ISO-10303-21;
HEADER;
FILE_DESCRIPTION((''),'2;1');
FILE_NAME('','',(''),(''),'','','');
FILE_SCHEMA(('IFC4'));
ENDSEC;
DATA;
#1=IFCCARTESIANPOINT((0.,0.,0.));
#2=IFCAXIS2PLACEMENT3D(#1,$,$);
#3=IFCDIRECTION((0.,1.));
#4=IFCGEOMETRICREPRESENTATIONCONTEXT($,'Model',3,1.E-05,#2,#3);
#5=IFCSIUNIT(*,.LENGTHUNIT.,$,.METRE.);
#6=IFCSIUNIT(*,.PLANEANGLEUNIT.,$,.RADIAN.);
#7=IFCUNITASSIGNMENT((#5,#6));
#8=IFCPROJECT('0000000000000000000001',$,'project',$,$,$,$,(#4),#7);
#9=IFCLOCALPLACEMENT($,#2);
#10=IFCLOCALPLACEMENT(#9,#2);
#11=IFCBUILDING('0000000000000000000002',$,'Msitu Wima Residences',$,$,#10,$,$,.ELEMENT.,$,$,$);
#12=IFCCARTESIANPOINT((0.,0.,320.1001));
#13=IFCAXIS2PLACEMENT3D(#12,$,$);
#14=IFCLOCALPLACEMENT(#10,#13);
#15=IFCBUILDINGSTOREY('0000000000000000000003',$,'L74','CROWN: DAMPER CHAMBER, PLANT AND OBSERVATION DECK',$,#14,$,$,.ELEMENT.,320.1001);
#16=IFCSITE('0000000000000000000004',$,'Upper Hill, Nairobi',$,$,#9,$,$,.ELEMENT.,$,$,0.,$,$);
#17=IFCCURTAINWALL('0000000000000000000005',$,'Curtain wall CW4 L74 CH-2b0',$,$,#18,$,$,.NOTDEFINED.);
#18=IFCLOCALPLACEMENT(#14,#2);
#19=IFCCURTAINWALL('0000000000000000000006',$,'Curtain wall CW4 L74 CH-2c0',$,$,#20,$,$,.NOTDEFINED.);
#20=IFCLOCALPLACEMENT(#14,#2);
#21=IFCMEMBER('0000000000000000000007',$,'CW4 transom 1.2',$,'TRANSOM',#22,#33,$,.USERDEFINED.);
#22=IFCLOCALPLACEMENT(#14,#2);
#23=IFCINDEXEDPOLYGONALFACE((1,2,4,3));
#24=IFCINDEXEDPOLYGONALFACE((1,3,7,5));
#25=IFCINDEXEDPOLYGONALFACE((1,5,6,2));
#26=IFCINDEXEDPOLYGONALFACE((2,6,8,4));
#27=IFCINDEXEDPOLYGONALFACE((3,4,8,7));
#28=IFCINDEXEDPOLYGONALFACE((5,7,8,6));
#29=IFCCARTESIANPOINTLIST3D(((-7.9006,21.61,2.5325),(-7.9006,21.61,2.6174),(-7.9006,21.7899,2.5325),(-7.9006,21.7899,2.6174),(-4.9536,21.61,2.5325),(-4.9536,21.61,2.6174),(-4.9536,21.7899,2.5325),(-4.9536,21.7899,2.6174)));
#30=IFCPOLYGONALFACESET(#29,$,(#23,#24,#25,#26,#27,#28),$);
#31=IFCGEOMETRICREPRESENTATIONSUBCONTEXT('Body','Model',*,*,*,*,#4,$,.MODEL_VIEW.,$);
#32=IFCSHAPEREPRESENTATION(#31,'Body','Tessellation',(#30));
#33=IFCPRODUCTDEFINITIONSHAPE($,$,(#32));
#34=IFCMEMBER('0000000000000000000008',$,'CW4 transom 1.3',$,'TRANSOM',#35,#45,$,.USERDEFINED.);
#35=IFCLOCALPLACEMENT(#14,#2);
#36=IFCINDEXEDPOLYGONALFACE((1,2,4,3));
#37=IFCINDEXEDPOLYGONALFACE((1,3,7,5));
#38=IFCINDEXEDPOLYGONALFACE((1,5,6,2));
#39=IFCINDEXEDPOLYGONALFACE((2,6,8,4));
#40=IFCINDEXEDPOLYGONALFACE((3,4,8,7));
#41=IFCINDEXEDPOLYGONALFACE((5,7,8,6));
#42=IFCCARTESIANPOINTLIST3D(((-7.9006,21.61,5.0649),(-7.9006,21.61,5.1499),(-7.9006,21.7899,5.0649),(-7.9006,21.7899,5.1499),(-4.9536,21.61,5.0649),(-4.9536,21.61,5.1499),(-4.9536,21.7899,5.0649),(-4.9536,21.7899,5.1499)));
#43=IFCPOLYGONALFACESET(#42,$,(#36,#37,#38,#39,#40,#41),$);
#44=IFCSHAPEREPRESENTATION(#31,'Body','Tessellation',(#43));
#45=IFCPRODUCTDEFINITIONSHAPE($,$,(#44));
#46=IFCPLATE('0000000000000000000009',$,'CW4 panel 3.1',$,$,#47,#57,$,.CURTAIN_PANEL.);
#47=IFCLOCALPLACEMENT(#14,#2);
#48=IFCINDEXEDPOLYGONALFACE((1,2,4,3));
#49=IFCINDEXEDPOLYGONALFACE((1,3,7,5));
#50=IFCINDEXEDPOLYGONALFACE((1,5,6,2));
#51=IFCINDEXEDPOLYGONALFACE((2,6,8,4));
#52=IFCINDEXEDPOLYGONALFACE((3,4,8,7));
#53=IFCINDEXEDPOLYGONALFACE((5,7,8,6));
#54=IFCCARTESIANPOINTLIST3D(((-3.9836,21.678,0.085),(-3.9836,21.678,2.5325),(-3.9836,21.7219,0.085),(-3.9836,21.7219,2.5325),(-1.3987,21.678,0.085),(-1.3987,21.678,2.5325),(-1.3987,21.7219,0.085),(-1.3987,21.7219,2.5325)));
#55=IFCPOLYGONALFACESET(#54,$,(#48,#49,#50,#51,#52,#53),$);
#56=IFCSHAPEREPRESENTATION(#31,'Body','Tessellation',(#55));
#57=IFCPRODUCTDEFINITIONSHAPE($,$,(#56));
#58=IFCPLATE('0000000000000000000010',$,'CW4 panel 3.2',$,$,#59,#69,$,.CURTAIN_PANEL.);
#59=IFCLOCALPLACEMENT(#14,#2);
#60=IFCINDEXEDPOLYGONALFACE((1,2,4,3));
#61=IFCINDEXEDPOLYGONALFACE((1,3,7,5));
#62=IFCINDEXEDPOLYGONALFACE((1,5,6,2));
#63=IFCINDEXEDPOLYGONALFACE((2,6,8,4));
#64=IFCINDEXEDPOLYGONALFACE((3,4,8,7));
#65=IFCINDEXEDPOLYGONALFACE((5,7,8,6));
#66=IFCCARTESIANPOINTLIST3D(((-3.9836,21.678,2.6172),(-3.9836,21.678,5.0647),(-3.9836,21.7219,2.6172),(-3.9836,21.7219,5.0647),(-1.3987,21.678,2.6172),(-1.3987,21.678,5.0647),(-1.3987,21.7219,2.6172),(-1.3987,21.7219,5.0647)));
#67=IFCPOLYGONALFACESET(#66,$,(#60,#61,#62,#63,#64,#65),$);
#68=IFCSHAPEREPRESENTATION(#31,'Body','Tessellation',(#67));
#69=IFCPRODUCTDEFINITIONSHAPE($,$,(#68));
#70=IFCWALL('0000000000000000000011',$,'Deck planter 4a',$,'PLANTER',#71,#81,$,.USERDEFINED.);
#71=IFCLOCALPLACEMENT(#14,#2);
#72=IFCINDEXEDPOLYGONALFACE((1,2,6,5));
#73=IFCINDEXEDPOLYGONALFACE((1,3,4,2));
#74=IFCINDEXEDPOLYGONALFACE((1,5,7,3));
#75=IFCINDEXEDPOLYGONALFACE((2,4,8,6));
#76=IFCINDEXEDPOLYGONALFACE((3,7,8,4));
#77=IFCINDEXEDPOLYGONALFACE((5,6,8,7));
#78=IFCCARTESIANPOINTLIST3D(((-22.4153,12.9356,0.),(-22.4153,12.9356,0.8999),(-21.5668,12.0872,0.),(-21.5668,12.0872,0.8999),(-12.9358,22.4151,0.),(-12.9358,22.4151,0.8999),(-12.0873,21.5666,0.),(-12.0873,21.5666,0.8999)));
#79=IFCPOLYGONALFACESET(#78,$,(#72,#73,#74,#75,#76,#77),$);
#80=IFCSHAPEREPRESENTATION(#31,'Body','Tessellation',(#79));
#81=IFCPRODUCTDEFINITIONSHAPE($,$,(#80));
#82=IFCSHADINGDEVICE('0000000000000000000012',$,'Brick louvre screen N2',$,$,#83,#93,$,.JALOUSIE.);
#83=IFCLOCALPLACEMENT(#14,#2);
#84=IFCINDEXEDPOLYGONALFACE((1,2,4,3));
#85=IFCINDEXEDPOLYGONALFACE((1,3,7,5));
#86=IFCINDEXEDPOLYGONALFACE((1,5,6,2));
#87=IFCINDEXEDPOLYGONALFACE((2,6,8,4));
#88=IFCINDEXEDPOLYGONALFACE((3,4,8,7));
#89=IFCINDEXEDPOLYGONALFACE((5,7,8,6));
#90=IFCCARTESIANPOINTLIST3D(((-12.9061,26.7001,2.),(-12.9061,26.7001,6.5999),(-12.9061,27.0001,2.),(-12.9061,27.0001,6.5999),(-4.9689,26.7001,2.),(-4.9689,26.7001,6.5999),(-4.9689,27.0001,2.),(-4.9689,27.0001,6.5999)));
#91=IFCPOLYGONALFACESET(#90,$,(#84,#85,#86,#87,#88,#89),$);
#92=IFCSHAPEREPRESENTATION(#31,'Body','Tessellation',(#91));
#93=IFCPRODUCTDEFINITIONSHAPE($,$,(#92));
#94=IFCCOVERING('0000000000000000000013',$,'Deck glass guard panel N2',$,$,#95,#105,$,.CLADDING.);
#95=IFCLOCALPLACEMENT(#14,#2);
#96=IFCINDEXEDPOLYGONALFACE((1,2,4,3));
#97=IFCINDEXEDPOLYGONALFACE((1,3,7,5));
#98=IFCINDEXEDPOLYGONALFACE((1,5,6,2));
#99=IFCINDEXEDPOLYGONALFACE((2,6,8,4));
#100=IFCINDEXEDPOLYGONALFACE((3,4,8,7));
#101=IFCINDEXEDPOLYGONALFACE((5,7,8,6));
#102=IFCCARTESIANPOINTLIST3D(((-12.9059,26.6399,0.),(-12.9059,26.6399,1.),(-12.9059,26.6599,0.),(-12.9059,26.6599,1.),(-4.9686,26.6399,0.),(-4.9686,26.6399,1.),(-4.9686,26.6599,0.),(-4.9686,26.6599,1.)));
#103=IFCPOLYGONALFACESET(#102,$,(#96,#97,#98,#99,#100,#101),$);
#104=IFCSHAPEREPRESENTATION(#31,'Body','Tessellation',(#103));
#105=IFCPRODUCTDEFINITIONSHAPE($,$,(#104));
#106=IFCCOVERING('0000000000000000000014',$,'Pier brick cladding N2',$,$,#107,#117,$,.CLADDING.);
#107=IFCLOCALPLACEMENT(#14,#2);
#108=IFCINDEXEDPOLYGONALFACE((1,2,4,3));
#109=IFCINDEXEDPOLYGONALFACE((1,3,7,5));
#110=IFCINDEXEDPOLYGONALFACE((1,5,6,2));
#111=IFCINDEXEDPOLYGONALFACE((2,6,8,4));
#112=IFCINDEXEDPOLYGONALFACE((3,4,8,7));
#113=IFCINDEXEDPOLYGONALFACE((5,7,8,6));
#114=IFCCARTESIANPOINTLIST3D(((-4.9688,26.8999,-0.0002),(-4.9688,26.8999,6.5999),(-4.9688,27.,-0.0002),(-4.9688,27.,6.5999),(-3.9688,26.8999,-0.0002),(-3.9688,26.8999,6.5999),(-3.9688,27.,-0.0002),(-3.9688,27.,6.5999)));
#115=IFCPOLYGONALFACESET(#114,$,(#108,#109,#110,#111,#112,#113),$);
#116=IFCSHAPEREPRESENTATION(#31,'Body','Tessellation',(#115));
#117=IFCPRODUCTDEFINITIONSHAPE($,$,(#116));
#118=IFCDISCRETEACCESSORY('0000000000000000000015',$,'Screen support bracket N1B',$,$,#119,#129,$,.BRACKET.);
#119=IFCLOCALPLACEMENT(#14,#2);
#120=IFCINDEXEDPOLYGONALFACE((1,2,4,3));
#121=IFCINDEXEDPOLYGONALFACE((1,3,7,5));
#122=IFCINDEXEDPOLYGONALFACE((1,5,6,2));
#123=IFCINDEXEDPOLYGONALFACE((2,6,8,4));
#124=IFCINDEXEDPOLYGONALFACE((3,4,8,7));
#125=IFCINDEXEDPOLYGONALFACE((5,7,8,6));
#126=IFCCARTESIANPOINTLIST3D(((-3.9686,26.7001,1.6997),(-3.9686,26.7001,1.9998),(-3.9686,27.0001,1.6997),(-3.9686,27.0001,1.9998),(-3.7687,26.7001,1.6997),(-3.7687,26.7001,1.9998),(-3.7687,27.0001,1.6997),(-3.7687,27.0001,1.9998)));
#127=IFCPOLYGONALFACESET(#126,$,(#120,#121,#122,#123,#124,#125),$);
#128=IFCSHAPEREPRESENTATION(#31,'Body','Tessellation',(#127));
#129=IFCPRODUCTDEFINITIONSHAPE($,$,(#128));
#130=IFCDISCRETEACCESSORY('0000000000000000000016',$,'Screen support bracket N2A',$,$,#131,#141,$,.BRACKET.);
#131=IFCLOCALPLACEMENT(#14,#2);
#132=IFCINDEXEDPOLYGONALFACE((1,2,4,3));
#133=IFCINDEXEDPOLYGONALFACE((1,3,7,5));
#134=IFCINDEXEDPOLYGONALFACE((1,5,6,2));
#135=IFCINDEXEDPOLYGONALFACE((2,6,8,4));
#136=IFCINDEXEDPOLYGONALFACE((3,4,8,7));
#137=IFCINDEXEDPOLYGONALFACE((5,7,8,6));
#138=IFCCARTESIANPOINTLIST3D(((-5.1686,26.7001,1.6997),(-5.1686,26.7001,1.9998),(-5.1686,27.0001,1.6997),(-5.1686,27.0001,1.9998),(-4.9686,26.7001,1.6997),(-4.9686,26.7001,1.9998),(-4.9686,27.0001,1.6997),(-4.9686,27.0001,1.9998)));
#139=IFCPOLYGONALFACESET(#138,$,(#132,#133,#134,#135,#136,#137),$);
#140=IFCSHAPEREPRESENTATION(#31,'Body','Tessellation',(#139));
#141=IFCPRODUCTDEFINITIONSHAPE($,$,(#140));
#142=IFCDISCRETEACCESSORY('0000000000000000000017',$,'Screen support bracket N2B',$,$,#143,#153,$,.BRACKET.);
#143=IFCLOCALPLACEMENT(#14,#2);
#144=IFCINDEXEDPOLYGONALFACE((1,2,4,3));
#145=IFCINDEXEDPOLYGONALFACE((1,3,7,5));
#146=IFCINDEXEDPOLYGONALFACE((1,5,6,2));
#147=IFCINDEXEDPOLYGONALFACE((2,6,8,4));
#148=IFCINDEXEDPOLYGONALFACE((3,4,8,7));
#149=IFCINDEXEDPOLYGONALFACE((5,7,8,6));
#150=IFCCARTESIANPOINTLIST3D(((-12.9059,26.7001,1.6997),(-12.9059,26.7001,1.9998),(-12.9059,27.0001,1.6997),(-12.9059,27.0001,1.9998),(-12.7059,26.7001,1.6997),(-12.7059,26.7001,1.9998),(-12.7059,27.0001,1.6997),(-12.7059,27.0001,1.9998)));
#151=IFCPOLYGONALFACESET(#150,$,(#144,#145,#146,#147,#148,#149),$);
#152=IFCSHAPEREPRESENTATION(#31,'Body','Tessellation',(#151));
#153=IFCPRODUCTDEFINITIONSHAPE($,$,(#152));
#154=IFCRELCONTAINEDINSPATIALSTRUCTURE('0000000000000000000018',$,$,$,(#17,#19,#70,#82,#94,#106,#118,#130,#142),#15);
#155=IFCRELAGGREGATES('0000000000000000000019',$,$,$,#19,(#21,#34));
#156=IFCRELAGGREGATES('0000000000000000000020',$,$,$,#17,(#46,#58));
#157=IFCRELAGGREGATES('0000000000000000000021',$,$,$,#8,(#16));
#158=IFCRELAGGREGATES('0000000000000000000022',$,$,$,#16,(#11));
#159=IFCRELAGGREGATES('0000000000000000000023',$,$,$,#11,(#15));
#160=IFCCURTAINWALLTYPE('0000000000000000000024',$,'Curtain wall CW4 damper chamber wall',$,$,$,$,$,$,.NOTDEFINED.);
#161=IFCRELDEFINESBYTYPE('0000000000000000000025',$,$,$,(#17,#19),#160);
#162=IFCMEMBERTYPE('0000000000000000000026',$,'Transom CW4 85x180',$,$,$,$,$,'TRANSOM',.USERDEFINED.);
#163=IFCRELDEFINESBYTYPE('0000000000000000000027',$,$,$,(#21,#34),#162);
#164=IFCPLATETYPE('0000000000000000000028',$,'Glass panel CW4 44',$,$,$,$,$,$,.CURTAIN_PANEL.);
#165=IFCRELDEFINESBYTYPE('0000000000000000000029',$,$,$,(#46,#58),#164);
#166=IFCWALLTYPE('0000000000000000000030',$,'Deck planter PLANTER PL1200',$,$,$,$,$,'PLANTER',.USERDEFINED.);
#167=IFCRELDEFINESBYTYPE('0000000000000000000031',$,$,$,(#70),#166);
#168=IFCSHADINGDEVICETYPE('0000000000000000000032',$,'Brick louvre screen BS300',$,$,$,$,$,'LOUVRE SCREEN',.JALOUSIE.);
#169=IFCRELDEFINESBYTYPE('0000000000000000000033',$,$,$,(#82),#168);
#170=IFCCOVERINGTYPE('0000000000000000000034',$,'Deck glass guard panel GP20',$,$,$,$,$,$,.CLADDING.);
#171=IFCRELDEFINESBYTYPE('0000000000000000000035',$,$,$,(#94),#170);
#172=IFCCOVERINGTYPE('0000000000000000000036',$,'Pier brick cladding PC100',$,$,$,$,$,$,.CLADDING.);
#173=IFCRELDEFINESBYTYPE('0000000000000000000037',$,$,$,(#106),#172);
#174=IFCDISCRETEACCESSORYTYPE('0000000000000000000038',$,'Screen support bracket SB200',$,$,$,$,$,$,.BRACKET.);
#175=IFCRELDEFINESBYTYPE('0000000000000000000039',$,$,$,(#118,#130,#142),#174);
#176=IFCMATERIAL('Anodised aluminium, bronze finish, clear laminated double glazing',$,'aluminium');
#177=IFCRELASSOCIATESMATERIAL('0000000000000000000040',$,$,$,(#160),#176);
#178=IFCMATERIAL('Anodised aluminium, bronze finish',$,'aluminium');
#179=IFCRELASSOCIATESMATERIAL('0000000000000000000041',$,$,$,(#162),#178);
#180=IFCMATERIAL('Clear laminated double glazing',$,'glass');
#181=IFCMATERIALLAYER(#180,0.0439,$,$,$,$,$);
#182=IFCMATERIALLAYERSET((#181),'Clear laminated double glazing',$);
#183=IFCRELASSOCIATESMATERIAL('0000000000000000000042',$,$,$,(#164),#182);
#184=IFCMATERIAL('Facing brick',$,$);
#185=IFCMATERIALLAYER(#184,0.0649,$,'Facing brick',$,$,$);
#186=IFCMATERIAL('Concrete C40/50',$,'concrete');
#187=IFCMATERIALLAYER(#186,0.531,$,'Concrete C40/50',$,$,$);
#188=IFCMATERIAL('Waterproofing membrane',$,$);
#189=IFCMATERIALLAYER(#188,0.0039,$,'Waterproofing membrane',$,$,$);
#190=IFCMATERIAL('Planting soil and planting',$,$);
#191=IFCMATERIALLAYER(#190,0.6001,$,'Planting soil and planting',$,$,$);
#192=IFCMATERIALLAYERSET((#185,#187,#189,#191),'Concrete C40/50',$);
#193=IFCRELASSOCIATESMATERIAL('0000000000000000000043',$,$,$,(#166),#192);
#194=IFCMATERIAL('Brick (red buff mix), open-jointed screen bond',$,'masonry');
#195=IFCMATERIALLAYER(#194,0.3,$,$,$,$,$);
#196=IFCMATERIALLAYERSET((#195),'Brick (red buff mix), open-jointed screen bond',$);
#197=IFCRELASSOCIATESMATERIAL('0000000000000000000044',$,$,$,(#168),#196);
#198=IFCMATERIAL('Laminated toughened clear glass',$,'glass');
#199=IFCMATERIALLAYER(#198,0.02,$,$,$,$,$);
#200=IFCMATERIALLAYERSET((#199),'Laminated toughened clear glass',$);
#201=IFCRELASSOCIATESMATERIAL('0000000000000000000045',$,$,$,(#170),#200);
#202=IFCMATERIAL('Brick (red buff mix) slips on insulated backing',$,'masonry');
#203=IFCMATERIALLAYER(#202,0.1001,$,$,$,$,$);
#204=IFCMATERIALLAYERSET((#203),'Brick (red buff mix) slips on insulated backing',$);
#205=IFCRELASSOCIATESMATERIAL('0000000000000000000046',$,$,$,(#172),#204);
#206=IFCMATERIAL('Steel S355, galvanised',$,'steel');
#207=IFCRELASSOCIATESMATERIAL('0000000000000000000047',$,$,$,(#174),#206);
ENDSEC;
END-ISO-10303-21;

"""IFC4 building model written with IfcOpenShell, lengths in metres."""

from ifc_helpers import new_model, si_unit, direction, frame, frame_2d, origin, origin_2d, place, context, subcontext, project, spatial, rectangle, extrude, material, layer, layer_set, material_profile, profile_set, type_object, element, aggregate, save


model = new_model("IFC4")

# Units and contexts
model_context = context("Model", 3, precision=1e-05, world=origin(), true_north=direction((0.0, 1.0)))
body_context = subcontext(model_context, "Body", "Model", "MODEL_VIEW")
ifc_project = project(units=[si_unit("LENGTHUNIT", "METRE"), si_unit("PLANEANGLEUNIT", "RADIAN")], contexts=[model_context])

# Site, building, storey
site_placement = place(None, origin())
site = spatial("IfcSite", under=ifc_project, at=site_placement, Name="Upper Hill, Nairobi", CompositionType="ELEMENT", RefElevation=0.0)
building_placement = place(site_placement, origin())
building = spatial("IfcBuilding", under=site, at=building_placement, Name="Msitu Wima Residences", CompositionType="ELEMENT")
storey_placement = place(building_placement, frame((0.0, 0.0, 320.1001)))
storey = spatial("IfcBuildingStorey", under=building, at=storey_placement, Name="L74", Description="CROWN: DAMPER CHAMBER, PLANT AND OBSERVATION DECK", CompositionType="ELEMENT", Elevation=320.1001)

# Curtain wall
ifc_material_1 = material(Name="Anodised aluminium, bronze finish, clear laminated double glazing", Category="aluminium")
curtain_wall_type = type_object("IfcCurtainWallType", Name="Curtain wall CW4 damper chamber wall", PredefinedType="NOTDEFINED", material=ifc_material_1)
curtain_wall_1_placement = place(storey_placement, origin())
curtain_wall_1 = element("IfcCurtainWall", 1, at=curtain_wall_1_placement, inside=storey, type_object=curtain_wall_type, Name="Curtain wall CW4 L74 CH-2b0", PredefinedType="NOTDEFINED")
ifc_material_2 = material(Name="Anodised aluminium, bronze finish", Category="aluminium")

# Curtain wall
curtain_wall_2_placement = place(storey_placement, origin())
curtain_wall_2 = element("IfcCurtainWall", 2, at=curtain_wall_2_placement, inside=storey, type_object=curtain_wall_type, Name="Curtain wall CW4 L74 CH-2c0", PredefinedType="NOTDEFINED")

# Members
ifc_material_profile_1 = material_profile(ifc_material_2, rectangle(XDim=0.1799, YDim=0.085, at=origin_2d()), Name="Transom 85x180")
ifc_profile_set_1 = profile_set([ifc_material_profile_1], Name="Anodised aluminium, bronze finish")
member_type_1 = type_object("IfcMemberType", Name="Transom CW4 85x180", ElementType="TRANSOM", PredefinedType="USERDEFINED", material=ifc_profile_set_1)
member_1_placement = place(storey_placement, frame((-4.9536, 21.7, 2.575), z_axis=(-1.0, 0.0, 0.0), x_axis=(0.0, -1.0, 0.0)))
member_1 = element("IfcMember", 3, at=member_1_placement, type_object=member_type_1, Name="CW4 transom 1.2", ObjectType="TRANSOM", PredefinedType="USERDEFINED", context=body_context, shape_type="SweptSolid", body=[
    extrude(rectangle(XDim=0.1799, YDim=0.085, at=origin_2d()), origin(), (0.0, 0.0, 1.0), 2.947),
])
member_2_placement = place(storey_placement, frame((-4.9536, 21.7, 5.1074), z_axis=(-1.0, 0.0, 0.0), x_axis=(0.0, -1.0, 0.0)))
member_2 = element("IfcMember", 4, at=member_2_placement, type_object=member_type_1, Name="CW4 transom 1.3", ObjectType="TRANSOM", PredefinedType="USERDEFINED", context=body_context, shape_type="SweptSolid", body=[
    extrude(rectangle(XDim=0.1799, YDim=0.085, at=origin_2d()), origin(), (0.0, 0.0, 1.0), 2.947),
])
aggregate(curtain_wall_2, [member_1, member_2])

# Plates
ifc_material_3 = material(Name="Clear laminated double glazing", Category="glass")
ifc_layer_1 = layer(ifc_material_3, 0.0439)
ifc_layer_set_1 = layer_set([ifc_layer_1], Name="Clear laminated double glazing")
plate_type = type_object("IfcPlateType", Name="Glass panel CW4 44", PredefinedType="CURTAIN_PANEL", material=ifc_layer_set_1)
plate_1_placement = place(storey_placement, frame((-2.6912, 21.7, 0.085), z_axis=(0.0, 0.0, 1.0), x_axis=(-1.0, 0.0, 0.0)))
plate_1 = element("IfcPlate", 5, at=plate_1_placement, type_object=plate_type, Name="CW4 panel 3.1", PredefinedType="CURTAIN_PANEL", context=body_context, shape_type="SweptSolid", body=[
    extrude(rectangle(XDim=2.585, YDim=0.0439, at=origin_2d()), origin(), (0.0, 0.0, 1.0), 2.4475),
])
plate_2_placement = place(storey_placement, frame((-2.6912, 21.7, 2.6172), z_axis=(0.0, 0.0, 1.0), x_axis=(-1.0, 0.0, 0.0)))
plate_2 = element("IfcPlate", 6, at=plate_2_placement, type_object=plate_type, Name="CW4 panel 3.2", PredefinedType="CURTAIN_PANEL", context=body_context, shape_type="SweptSolid", body=[
    extrude(rectangle(XDim=2.585, YDim=0.0439, at=origin_2d()), origin(), (0.0, 0.0, 1.0), 2.4475),
])
aggregate(curtain_wall_1, [plate_1, plate_2])

# Wall
ifc_material_4 = material(Name="Facing brick")
ifc_layer_2 = layer(ifc_material_4, 0.0649, Name="Facing brick")
ifc_material_5 = material(Name="Concrete C40/50", Category="concrete")
ifc_layer_3 = layer(ifc_material_5, 0.531, Name="Concrete C40/50")
ifc_material_6 = material(Name="Waterproofing membrane")
ifc_layer_4 = layer(ifc_material_6, 0.0039, Name="Waterproofing membrane")
ifc_material_7 = material(Name="Planting soil and planting")
ifc_layer_5 = layer(ifc_material_7, 0.6001, Name="Planting soil and planting")
ifc_layer_set_2 = layer_set([ifc_layer_2, ifc_layer_3, ifc_layer_4, ifc_layer_5], Name="Concrete C40/50")
wall_type = type_object("IfcWallType", Name="Deck planter PLANTER PL1200", ElementType="PLANTER", PredefinedType="USERDEFINED", material=ifc_layer_set_2)
wall_placement = place(storey_placement, frame((-12.5115, 21.991, 0.0), z_axis=(0.0, 0.0, 1.0), x_axis=(-0.707107, -0.707107, 0.0)))
element("IfcWall", 7, at=wall_placement, inside=storey, type_object=wall_type, Name="Deck planter 4a", ObjectType="PLANTER", PredefinedType="USERDEFINED", context=body_context, shape_type="SweptSolid", body=[
    extrude(rectangle(XDim=13.406, YDim=1.2, at=frame_2d((6.7031, 0.0))), origin(), (0.0, 0.0, 1.0), 0.8999),
])

# Shading device
ifc_material_8 = material(Name="Brick (red buff mix), open-jointed screen bond", Category="masonry")
ifc_layer_6 = layer(ifc_material_8, 0.3)
ifc_layer_set_3 = layer_set([ifc_layer_6], Name="Brick (red buff mix), open-jointed screen bond")
shading_device_type = type_object("IfcShadingDeviceType", Name="Brick louvre screen BS300", ElementType="LOUVRE SCREEN", PredefinedType="JALOUSIE", material=ifc_layer_set_3)
shading_device_placement = place(storey_placement, frame((-4.9688, 26.8501, 2.0), z_axis=(0.0, 0.0, 1.0), x_axis=(-1.0, 0.0, 0.0)))
element("IfcShadingDevice", 8, at=shading_device_placement, inside=storey, type_object=shading_device_type, Name="Brick louvre screen N2", PredefinedType="JALOUSIE", context=body_context, shape_type="SweptSolid", body=[
    extrude(rectangle(XDim=7.9373, YDim=0.3, at=frame_2d((3.9688, 0.0))), origin(), (0.0, 0.0, 1.0), 4.5999),
])

# Coverings
ifc_material_9 = material(Name="Laminated toughened clear glass", Category="glass")
ifc_layer_7 = layer(ifc_material_9, 0.02)
ifc_layer_set_4 = layer_set([ifc_layer_7], Name="Laminated toughened clear glass")
covering_type_1 = type_object("IfcCoveringType", Name="Deck glass guard panel GP20", PredefinedType="CLADDING", material=ifc_layer_set_4)
covering_1_placement = place(storey_placement, frame((-8.9373, 26.6499, 0.0), z_axis=(0.0, 0.0, 1.0), x_axis=(-1.0, 0.0, 0.0)))
element("IfcCovering", 9, at=covering_1_placement, inside=storey, type_object=covering_type_1, Name="Deck glass guard panel N2", PredefinedType="CLADDING", context=body_context, shape_type="SweptSolid", body=[
    extrude(rectangle(XDim=7.9373, YDim=0.02, at=origin_2d()), origin(), (0.0, 0.0, 1.0), 1.0),
])
ifc_material_10 = material(Name="Brick (red buff mix) slips on insulated backing", Category="masonry")
ifc_layer_8 = layer(ifc_material_10, 0.1001)
ifc_layer_set_5 = layer_set([ifc_layer_8], Name="Brick (red buff mix) slips on insulated backing")
covering_type_2 = type_object("IfcCoveringType", Name="Pier brick cladding PC100", PredefinedType="CLADDING", material=ifc_layer_set_5)
covering_2_placement = place(storey_placement, frame((-4.4688, 26.95, -0.0002), z_axis=(0.0, 0.0, 1.0), x_axis=(-1.0, 0.0, 0.0)))
element("IfcCovering", 10, at=covering_2_placement, inside=storey, type_object=covering_type_2, Name="Pier brick cladding N2", PredefinedType="CLADDING", context=body_context, shape_type="SweptSolid", body=[
    extrude(rectangle(XDim=1.0, YDim=0.1001, at=origin_2d()), origin(), (0.0, 0.0, 1.0), 6.6001),
])

# Discrete accessories
ifc_material_11 = material(Name="Steel S355, galvanised", Category="steel")
discrete_accessory_type = type_object("IfcDiscreteAccessoryType", Name="Screen support bracket SB200", PredefinedType="BRACKET", material=ifc_material_11)
for number, where, z_axis, x_axis, name in (
    (11, (-3.8687, 26.8501, 1.6997), (0.0, 0.0, 1.0), (-1.0, 0.0, 0.0), "Screen support bracket N1B"),
    (12, (-5.0686, 26.8501, 1.6997), (0.0, 0.0, 1.0), (-1.0, 0.0, 0.0), "Screen support bracket N2A"),
    (13, (-12.8059, 26.8501, 1.6997), (0.0, 0.0, 1.0), (-1.0, 0.0, 0.0), "Screen support bracket N2B"),
):
    element("IfcDiscreteAccessory", number, at=place(storey_placement, frame(where, z_axis=z_axis, x_axis=x_axis)), inside=storey, type_object=discrete_accessory_type, Name=name, PredefinedType="BRACKET", context=body_context, shape_type="SweptSolid", body=[
        extrude(rectangle(XDim=0.2, YDim=0.3, at=origin_2d()), origin(), (0.0, 0.0, 1.0), 0.3),
    ])

save(model, "model.ifc")
